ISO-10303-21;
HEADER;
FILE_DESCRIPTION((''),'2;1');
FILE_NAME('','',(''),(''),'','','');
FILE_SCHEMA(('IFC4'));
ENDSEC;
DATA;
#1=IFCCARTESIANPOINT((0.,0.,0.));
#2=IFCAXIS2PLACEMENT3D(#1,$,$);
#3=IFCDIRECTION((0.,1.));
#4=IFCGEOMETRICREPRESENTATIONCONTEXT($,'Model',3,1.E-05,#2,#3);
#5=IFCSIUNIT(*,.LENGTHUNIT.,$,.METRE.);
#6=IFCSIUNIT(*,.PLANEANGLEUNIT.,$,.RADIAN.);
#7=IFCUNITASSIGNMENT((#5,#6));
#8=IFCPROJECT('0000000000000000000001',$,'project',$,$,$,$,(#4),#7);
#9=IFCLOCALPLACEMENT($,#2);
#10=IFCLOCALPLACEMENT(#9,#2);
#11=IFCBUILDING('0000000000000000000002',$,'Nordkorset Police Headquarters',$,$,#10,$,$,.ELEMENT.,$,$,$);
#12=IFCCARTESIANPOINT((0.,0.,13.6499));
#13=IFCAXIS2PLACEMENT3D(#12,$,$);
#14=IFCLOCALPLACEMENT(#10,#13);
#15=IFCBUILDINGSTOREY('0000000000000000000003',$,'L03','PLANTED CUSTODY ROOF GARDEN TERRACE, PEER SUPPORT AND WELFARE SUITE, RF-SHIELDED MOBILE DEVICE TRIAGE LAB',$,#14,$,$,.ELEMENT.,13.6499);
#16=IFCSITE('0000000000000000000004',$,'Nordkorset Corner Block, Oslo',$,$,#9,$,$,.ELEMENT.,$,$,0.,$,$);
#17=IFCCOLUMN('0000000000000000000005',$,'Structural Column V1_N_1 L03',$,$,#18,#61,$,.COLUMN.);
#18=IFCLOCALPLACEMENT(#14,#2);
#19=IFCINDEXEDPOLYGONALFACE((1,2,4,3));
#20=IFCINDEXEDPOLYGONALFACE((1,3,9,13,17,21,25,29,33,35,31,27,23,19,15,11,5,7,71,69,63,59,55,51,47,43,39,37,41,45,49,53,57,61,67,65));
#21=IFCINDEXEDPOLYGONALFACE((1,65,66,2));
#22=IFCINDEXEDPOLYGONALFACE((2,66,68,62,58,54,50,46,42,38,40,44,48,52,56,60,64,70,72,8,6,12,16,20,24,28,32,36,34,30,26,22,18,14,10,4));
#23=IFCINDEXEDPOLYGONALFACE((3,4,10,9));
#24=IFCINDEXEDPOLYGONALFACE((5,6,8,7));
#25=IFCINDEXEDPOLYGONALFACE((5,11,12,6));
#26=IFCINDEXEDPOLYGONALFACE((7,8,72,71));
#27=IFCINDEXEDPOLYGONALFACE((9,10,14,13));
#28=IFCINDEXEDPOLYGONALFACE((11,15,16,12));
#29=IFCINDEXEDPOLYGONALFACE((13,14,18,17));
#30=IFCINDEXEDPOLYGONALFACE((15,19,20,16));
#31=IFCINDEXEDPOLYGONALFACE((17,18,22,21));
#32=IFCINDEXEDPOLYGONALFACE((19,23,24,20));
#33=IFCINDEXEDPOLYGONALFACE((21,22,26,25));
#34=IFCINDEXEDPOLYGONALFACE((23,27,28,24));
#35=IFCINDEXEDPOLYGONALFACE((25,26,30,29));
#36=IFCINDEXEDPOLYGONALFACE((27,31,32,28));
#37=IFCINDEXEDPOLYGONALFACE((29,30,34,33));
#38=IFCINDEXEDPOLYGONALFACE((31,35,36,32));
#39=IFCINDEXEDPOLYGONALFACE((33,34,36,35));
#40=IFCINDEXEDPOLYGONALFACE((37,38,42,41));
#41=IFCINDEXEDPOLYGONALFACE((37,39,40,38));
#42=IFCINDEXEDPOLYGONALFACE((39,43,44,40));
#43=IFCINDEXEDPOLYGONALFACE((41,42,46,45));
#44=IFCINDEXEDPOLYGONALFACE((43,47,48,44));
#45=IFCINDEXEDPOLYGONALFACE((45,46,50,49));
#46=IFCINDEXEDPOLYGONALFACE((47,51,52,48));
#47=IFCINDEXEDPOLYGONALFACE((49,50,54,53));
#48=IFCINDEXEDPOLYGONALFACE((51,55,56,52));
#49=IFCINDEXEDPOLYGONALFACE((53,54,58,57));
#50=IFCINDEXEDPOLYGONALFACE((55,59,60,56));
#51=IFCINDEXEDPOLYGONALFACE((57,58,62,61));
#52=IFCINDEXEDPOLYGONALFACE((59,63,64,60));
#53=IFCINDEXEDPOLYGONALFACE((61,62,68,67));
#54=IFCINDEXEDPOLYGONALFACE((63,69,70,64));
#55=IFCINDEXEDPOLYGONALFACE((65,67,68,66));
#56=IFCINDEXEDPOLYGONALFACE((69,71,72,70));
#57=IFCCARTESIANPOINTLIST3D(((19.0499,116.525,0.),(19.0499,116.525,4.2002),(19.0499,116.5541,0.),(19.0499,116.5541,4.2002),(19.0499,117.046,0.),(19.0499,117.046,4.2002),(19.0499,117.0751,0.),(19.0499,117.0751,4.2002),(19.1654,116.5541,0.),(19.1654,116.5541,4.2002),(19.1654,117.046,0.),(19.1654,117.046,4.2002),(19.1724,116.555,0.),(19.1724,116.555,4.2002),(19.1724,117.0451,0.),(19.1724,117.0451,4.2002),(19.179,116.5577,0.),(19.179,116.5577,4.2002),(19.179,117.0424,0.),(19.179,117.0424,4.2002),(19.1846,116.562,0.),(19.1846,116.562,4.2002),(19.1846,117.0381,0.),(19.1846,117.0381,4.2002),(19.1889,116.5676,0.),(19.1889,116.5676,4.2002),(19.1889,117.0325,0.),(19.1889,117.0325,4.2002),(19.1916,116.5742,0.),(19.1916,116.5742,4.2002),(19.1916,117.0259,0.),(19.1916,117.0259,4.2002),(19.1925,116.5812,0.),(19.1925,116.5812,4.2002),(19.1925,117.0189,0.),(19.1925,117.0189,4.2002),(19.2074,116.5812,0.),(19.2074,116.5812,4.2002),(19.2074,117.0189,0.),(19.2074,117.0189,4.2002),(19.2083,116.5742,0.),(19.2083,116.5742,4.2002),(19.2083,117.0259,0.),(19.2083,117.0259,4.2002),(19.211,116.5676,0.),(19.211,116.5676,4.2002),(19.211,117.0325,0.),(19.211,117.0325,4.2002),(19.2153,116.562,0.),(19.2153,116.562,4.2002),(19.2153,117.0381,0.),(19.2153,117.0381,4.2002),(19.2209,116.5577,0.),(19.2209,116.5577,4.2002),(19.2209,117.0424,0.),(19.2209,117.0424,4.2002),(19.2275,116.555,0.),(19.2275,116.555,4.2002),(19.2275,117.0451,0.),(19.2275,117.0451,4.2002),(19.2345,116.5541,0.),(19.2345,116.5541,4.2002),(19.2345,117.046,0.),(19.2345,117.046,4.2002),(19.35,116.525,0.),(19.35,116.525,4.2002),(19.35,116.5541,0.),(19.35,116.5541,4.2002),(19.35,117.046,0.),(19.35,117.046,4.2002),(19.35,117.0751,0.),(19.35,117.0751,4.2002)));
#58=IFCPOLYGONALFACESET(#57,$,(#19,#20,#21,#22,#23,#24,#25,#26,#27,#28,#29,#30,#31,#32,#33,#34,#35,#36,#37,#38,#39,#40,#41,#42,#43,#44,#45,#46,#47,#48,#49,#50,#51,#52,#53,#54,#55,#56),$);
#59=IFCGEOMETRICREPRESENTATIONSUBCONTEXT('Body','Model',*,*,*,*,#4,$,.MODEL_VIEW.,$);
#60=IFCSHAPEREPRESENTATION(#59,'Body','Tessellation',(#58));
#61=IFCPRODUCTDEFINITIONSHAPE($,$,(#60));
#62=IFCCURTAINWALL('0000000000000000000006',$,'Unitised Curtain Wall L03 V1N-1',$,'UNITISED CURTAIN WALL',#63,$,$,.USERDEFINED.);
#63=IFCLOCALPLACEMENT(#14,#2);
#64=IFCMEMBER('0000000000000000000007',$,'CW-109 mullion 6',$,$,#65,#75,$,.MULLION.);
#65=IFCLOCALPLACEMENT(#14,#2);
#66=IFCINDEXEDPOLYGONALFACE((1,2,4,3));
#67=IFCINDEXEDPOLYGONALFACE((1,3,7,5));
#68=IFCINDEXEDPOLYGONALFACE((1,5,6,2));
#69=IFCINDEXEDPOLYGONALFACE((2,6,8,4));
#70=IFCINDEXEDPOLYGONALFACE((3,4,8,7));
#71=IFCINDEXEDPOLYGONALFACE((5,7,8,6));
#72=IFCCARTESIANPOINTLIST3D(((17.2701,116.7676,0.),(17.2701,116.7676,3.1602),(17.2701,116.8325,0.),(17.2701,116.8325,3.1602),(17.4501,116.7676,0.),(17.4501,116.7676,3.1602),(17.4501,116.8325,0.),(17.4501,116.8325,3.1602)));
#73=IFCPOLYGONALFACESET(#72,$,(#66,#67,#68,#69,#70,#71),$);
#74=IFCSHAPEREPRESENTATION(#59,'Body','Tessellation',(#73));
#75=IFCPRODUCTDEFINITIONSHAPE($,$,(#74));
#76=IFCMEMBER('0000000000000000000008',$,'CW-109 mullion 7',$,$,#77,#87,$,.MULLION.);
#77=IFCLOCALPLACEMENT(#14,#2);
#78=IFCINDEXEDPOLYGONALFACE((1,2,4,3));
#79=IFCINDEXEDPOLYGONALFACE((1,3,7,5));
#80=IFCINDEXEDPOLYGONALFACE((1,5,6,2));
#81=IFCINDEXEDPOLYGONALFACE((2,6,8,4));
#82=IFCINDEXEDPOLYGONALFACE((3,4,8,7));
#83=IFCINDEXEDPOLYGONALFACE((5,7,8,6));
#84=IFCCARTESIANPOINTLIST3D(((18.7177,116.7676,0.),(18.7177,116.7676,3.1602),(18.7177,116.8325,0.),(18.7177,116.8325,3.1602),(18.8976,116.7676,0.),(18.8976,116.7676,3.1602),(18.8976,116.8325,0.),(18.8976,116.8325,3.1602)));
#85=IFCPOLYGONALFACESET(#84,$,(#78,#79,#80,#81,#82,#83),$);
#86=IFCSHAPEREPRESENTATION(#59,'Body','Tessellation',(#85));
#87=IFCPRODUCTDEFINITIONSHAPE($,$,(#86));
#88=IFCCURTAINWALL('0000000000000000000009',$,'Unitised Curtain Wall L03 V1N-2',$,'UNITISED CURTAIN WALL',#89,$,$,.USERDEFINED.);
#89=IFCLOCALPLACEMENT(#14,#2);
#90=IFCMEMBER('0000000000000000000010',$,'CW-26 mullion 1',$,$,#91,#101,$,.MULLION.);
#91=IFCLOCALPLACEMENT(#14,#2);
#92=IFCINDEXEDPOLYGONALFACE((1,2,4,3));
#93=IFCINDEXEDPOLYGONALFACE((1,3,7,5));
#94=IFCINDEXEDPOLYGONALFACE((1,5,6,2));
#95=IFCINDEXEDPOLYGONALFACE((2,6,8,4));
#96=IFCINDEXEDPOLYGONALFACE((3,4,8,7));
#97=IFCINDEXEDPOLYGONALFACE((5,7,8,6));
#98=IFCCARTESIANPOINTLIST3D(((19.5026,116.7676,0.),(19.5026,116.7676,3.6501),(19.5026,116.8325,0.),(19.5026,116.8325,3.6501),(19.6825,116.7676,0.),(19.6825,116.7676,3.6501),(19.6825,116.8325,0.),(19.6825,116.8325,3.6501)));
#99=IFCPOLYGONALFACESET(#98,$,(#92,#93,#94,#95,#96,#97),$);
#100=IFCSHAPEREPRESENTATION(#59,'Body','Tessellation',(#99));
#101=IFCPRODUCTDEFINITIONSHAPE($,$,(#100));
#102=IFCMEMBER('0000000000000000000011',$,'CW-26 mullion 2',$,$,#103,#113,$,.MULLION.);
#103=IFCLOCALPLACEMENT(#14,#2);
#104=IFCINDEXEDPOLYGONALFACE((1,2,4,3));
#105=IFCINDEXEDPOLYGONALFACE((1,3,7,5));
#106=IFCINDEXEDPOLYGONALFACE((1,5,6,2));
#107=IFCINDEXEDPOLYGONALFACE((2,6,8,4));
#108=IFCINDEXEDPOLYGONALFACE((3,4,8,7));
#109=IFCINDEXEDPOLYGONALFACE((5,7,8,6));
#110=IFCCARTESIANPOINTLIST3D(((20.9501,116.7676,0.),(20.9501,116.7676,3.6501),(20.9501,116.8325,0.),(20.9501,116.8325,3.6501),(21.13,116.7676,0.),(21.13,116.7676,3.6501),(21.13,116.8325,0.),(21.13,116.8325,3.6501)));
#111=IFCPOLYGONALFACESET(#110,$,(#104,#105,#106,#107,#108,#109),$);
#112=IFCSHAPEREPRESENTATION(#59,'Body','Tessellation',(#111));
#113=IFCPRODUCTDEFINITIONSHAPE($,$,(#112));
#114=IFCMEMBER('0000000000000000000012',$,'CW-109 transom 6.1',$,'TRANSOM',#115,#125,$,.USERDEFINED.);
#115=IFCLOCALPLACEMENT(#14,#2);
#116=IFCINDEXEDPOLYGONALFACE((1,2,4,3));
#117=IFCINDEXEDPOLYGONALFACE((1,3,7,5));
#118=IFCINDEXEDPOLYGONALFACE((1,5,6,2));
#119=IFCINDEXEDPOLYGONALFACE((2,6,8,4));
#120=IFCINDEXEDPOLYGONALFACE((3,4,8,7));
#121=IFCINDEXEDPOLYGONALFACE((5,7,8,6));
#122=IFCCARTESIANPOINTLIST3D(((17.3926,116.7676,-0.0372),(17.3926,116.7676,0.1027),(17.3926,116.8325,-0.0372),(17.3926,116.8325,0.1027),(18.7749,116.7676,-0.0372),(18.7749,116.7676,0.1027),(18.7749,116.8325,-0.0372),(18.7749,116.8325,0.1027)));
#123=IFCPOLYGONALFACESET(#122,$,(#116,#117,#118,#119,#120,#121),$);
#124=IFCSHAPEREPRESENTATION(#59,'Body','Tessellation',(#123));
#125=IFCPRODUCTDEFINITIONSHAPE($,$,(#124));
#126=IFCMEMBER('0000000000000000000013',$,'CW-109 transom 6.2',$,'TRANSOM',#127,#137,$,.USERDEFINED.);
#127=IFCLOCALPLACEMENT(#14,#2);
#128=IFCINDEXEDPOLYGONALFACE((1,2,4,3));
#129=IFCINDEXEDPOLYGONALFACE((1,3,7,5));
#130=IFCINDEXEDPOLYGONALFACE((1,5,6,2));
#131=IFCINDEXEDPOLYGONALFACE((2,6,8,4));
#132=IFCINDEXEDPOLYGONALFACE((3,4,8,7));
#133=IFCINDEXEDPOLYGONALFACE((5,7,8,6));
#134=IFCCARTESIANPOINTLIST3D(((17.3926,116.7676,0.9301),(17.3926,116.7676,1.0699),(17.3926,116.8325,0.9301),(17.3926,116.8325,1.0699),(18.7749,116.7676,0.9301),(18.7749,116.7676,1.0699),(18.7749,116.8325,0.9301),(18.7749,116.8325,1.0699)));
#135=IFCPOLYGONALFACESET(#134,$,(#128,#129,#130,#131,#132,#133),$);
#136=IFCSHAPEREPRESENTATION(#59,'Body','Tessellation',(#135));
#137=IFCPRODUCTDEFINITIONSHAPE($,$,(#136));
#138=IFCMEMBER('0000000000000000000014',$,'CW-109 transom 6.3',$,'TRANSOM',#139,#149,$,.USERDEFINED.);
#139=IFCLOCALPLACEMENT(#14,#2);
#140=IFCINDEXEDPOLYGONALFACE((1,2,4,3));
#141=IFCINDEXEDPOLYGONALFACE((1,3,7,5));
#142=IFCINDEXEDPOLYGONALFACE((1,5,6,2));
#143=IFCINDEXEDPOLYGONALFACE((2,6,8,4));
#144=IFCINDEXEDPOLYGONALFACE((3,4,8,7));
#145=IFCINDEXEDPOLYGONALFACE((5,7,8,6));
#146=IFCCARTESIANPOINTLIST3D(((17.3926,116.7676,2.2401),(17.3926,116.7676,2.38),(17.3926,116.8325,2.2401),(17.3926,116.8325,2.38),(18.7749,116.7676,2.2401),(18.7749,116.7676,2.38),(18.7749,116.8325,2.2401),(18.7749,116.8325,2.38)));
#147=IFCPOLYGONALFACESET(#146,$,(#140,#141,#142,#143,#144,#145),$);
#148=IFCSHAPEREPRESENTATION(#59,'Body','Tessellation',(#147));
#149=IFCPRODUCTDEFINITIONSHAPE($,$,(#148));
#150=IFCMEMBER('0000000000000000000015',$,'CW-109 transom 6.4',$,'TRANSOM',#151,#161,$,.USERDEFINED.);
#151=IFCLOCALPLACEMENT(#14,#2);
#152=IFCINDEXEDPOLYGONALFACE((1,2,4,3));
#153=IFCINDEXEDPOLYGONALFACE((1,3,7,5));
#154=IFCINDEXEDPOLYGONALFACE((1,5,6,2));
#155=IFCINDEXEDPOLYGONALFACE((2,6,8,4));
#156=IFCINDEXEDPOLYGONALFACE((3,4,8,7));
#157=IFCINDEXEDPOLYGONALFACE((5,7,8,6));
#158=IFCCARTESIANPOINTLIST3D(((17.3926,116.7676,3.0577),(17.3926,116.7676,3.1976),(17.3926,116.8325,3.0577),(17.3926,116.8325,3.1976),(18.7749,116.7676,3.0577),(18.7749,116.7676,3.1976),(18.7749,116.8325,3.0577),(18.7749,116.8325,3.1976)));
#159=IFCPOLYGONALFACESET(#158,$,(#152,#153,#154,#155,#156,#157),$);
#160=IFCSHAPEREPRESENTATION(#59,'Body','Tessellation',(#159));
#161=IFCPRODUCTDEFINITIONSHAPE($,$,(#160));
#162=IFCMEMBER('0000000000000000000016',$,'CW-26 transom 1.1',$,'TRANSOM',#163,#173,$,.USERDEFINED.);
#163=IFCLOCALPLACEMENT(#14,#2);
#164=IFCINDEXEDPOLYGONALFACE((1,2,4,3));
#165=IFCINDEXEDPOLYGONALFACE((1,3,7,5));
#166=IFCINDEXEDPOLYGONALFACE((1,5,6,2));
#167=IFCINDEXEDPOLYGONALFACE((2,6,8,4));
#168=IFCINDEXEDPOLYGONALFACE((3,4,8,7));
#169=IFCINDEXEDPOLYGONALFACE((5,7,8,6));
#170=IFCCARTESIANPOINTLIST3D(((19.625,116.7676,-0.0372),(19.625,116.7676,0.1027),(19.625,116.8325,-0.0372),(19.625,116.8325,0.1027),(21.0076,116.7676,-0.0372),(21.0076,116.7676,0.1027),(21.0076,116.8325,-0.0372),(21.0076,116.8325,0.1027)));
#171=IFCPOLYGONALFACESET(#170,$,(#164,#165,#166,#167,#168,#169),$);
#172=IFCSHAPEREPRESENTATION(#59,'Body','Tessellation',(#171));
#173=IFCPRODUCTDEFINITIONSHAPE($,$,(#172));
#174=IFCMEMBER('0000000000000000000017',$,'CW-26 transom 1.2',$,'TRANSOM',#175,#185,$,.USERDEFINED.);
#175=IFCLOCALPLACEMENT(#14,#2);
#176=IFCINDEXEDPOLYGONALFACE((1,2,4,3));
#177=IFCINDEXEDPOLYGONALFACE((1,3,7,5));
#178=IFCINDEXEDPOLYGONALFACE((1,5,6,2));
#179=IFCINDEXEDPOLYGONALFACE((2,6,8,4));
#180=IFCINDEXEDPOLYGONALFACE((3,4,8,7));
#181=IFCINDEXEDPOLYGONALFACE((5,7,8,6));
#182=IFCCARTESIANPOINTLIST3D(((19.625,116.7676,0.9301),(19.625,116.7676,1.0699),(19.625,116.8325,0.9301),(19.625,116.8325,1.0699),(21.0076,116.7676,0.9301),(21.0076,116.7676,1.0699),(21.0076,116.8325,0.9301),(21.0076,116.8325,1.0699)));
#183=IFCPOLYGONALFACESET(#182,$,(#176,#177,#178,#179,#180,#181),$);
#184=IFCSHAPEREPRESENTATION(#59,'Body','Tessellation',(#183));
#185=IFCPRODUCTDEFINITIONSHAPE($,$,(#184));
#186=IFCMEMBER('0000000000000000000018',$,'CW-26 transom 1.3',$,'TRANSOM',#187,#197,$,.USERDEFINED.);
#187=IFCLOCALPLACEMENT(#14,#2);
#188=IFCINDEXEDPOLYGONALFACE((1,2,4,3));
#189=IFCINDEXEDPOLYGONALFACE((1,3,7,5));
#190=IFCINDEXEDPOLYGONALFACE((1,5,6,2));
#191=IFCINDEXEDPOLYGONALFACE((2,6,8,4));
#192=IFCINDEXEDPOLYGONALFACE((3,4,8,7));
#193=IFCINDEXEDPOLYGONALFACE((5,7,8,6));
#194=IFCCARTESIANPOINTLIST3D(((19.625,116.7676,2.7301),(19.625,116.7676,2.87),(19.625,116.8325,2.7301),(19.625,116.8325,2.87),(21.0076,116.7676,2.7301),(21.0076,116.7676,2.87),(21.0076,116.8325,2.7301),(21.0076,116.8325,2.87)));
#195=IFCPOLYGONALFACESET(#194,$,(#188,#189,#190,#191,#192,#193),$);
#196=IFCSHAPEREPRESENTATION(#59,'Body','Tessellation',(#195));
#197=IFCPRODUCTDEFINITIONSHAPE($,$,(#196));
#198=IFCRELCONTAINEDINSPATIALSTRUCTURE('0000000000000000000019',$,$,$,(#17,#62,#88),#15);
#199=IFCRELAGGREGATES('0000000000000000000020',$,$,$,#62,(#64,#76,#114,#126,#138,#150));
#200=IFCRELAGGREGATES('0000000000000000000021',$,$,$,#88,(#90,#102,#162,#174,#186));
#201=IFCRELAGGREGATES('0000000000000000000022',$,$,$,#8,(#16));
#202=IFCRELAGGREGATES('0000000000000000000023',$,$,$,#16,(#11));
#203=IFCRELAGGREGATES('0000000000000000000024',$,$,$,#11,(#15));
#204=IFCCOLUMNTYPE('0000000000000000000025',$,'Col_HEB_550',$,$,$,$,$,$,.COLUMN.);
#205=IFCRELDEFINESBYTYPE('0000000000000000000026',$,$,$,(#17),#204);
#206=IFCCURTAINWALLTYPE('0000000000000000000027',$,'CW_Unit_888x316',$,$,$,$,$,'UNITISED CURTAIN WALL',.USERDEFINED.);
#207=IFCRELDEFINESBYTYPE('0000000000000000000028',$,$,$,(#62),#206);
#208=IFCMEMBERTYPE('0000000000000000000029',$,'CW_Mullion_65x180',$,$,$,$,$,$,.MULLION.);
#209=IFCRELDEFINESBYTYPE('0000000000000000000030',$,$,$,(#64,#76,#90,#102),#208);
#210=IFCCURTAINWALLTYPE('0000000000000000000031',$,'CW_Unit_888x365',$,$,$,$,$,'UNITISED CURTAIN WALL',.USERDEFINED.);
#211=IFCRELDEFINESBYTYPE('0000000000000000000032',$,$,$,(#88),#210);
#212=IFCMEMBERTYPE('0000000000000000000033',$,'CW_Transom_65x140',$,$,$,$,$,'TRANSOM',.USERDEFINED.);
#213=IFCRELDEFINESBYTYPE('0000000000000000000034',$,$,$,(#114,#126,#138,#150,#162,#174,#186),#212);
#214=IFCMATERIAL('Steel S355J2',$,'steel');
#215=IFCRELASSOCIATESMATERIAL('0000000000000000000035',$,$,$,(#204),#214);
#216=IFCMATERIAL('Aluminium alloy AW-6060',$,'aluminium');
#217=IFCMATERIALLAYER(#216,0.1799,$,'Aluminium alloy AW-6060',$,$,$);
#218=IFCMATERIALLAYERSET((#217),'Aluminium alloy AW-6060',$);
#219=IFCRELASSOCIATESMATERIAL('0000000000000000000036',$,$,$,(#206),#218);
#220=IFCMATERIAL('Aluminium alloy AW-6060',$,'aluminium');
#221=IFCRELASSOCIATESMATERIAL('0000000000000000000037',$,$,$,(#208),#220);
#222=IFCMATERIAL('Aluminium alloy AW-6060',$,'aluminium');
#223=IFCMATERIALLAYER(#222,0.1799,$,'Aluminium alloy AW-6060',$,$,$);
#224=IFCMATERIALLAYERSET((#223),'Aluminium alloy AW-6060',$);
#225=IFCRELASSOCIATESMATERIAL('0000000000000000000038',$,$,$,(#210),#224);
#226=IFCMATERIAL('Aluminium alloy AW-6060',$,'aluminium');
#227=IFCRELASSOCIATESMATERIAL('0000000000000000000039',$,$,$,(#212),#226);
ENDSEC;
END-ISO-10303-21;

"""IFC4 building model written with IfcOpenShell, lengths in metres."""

from ifc_helpers import new_model, si_unit, direction, frame, origin, origin_2d, place, context, subcontext, project, spatial, rectangle, i_section, extrude, material, layer, layer_set, material_profile, profile_set, type_object, element, aggregate, save


model = new_model("IFC4")

# Units and contexts
model_context = context("Model", 3, precision=1e-05, world=origin(), true_north=direction((0.0, 1.0)))
body_context = subcontext(model_context, "Body", "Model", "MODEL_VIEW")
ifc_project = project(units=[si_unit("LENGTHUNIT", "METRE"), si_unit("PLANEANGLEUNIT", "RADIAN")], contexts=[model_context])

# Site, building, storey
site_placement = place(None, origin())
site = spatial("IfcSite", under=ifc_project, at=site_placement, Name="Nordkorset Corner Block, Oslo", CompositionType="ELEMENT", RefElevation=0.0)
building_placement = place(site_placement, origin())
building = spatial("IfcBuilding", under=site, at=building_placement, Name="Nordkorset Police Headquarters", CompositionType="ELEMENT")
storey_placement = place(building_placement, frame((0.0, 0.0, 13.6499)))
storey = spatial("IfcBuildingStorey", under=building, at=storey_placement, Name="L03", Description="PLANTED CUSTODY ROOF GARDEN TERRACE, PEER SUPPORT AND WELFARE SUITE, RF-SHIELDED MOBILE DEVICE TRIAGE LAB", CompositionType="ELEMENT", Elevation=13.6499)

# Column
ifc_material_1 = material(Name="Steel S355J2", Category="steel")
ifc_material_profile_1 = material_profile(ifc_material_1, i_section(OverallWidth=0.3, OverallDepth=0.55, WebThickness=0.0149, FlangeThickness=0.0291, FilletRadius=0.0271, at=origin_2d()), Name="HEB 550")
ifc_profile_set_1 = profile_set([ifc_material_profile_1], Name="Steel S355J2")
column_type = type_object("IfcColumnType", Name="Col_HEB_550", PredefinedType="COLUMN", material=ifc_profile_set_1)
column_placement = place(storey_placement, frame((19.2, 116.8, 0.0), z_axis=(0.0, 0.0, 1.0), x_axis=(1.0, 0.0, 0.0)))
element("IfcColumn", 1, at=column_placement, inside=storey, type_object=column_type, Name="Structural Column V1_N_1 L03", PredefinedType="COLUMN", context=body_context, shape_type="SweptSolid", body=[
    extrude(i_section(OverallWidth=0.3, OverallDepth=0.55, WebThickness=0.0149, FlangeThickness=0.0291, FilletRadius=0.0271, at=origin_2d()), origin(), (0.0, 0.0, 1.0), 4.2002),
])

# Curtain walls, members
ifc_material_2 = material(Name="Aluminium alloy AW-6060", Category="aluminium")
ifc_layer_1 = layer(ifc_material_2, 0.1799, Name="Aluminium alloy AW-6060")
ifc_layer_set_1 = layer_set([ifc_layer_1], Name="Aluminium alloy AW-6060")
curtain_wall_type_1 = type_object("IfcCurtainWallType", Name="CW_Unit_888x316", ElementType="UNITISED CURTAIN WALL", PredefinedType="USERDEFINED", material=ifc_layer_set_1)
curtain_wall_1_placement = place(storey_placement, origin())
curtain_wall_1 = element("IfcCurtainWall", 2, at=curtain_wall_1_placement, inside=storey, type_object=curtain_wall_type_1, Name="Unitised Curtain Wall L03 V1N-1", ObjectType="UNITISED CURTAIN WALL", PredefinedType="USERDEFINED")
ifc_material_3 = material(Name="Aluminium alloy AW-6060", Category="aluminium")
ifc_material_profile_2 = material_profile(ifc_material_3, rectangle(XDim=0.0649, YDim=0.1799, at=origin_2d()), Name="ALU MULL 65x180")
ifc_profile_set_2 = profile_set([ifc_material_profile_2], Name="Aluminium alloy AW-6060")
member_type_1 = type_object("IfcMemberType", Name="CW_Mullion_65x180", PredefinedType="MULLION", material=ifc_profile_set_2)
member_1_placement = place(storey_placement, frame((17.3601, 116.8, 0.0), z_axis=(0.0, 0.0, 1.0), x_axis=(0.0, 1.0, 0.0)))
member_1 = element("IfcMember", 3, at=member_1_placement, type_object=member_type_1, Name="CW-109 mullion 6", PredefinedType="MULLION", context=body_context, shape_type="SweptSolid", body=[
    extrude(rectangle(XDim=0.0649, YDim=0.1799, at=origin_2d()), origin(), (0.0, 0.0, 1.0), 3.1602),
])
member_2_placement = place(storey_placement, frame((18.8076, 116.8, 0.0), z_axis=(0.0, 0.0, 1.0), x_axis=(0.0, 1.0, 0.0)))
member_2 = element("IfcMember", 4, at=member_2_placement, type_object=member_type_1, Name="CW-109 mullion 7", PredefinedType="MULLION", context=body_context, shape_type="SweptSolid", body=[
    extrude(rectangle(XDim=0.0649, YDim=0.1799, at=origin_2d()), origin(), (0.0, 0.0, 1.0), 3.1602),
])
ifc_material_4 = material(Name="Aluminium alloy AW-6060", Category="aluminium")
ifc_layer_2 = layer(ifc_material_4, 0.1799, Name="Aluminium alloy AW-6060")
ifc_layer_set_2 = layer_set([ifc_layer_2], Name="Aluminium alloy AW-6060")
curtain_wall_type_2 = type_object("IfcCurtainWallType", Name="CW_Unit_888x365", ElementType="UNITISED CURTAIN WALL", PredefinedType="USERDEFINED", material=ifc_layer_set_2)
curtain_wall_2_placement = place(storey_placement, origin())
curtain_wall_2 = element("IfcCurtainWall", 5, at=curtain_wall_2_placement, inside=storey, type_object=curtain_wall_type_2, Name="Unitised Curtain Wall L03 V1N-2", ObjectType="UNITISED CURTAIN WALL", PredefinedType="USERDEFINED")
member_3_placement = place(storey_placement, frame((19.5925, 116.8, 0.0), z_axis=(0.0, 0.0, 1.0), x_axis=(0.0, 1.0, 0.0)))
member_3 = element("IfcMember", 6, at=member_3_placement, type_object=member_type_1, Name="CW-26 mullion 1", PredefinedType="MULLION", context=body_context, shape_type="SweptSolid", body=[
    extrude(rectangle(XDim=0.0649, YDim=0.1799, at=origin_2d()), origin(), (0.0, 0.0, 1.0), 3.6501),
])
member_4_placement = place(storey_placement, frame((21.04, 116.8, 0.0), z_axis=(0.0, 0.0, 1.0), x_axis=(0.0, 1.0, 0.0)))
member_4 = element("IfcMember", 7, at=member_4_placement, type_object=member_type_1, Name="CW-26 mullion 2", PredefinedType="MULLION", context=body_context, shape_type="SweptSolid", body=[
    extrude(rectangle(XDim=0.0649, YDim=0.1799, at=origin_2d()), origin(), (0.0, 0.0, 1.0), 3.6501),
])

# Members
ifc_material_5 = material(Name="Aluminium alloy AW-6060", Category="aluminium")
ifc_material_profile_3 = material_profile(ifc_material_5, rectangle(XDim=0.0649, YDim=0.1399, at=origin_2d()), Name="ALU TRAN 65x140")
ifc_profile_set_3 = profile_set([ifc_material_profile_3], Name="Aluminium alloy AW-6060")
member_type_2 = type_object("IfcMemberType", Name="CW_Transom_65x140", ElementType="TRANSOM", PredefinedType="USERDEFINED", material=ifc_profile_set_3)
member_5_placement = place(storey_placement, frame((17.3926, 116.8, 0.0327), z_axis=(1.0, 0.0, 0.0), x_axis=(0.0, 1.0, 0.0)))
member_5 = element("IfcMember", 8, at=member_5_placement, type_object=member_type_2, Name="CW-109 transom 6.1", ObjectType="TRANSOM", PredefinedType="USERDEFINED", context=body_context, shape_type="SweptSolid", body=[
    extrude(rectangle(XDim=0.0649, YDim=0.1399, at=origin_2d()), origin(), (0.0, 0.0, 1.0), 1.3823),
])
member_6_placement = place(storey_placement, frame((17.3926, 116.8, 1.0), z_axis=(1.0, 0.0, 0.0), x_axis=(0.0, 1.0, 0.0)))
member_6 = element("IfcMember", 9, at=member_6_placement, type_object=member_type_2, Name="CW-109 transom 6.2", ObjectType="TRANSOM", PredefinedType="USERDEFINED", context=body_context, shape_type="SweptSolid", body=[
    extrude(rectangle(XDim=0.0649, YDim=0.1399, at=origin_2d()), origin(), (0.0, 0.0, 1.0), 1.3823),
])
member_7_placement = place(storey_placement, frame((17.3926, 116.8, 2.3101), z_axis=(1.0, 0.0, 0.0), x_axis=(0.0, 1.0, 0.0)))
member_7 = element("IfcMember", 10, at=member_7_placement, type_object=member_type_2, Name="CW-109 transom 6.3", ObjectType="TRANSOM", PredefinedType="USERDEFINED", context=body_context, shape_type="SweptSolid", body=[
    extrude(rectangle(XDim=0.0649, YDim=0.1399, at=origin_2d()), origin(), (0.0, 0.0, 1.0), 1.3823),
])
member_8_placement = place(storey_placement, frame((17.3926, 116.8, 3.1277), z_axis=(1.0, 0.0, 0.0), x_axis=(0.0, 1.0, 0.0)))
member_8 = element("IfcMember", 11, at=member_8_placement, type_object=member_type_2, Name="CW-109 transom 6.4", ObjectType="TRANSOM", PredefinedType="USERDEFINED", context=body_context, shape_type="SweptSolid", body=[
    extrude(rectangle(XDim=0.0649, YDim=0.1399, at=origin_2d()), origin(), (0.0, 0.0, 1.0), 1.3823),
])
member_9_placement = place(storey_placement, frame((19.625, 116.8, 0.0327), z_axis=(1.0, 0.0, 0.0), x_axis=(0.0, 1.0, 0.0)))
member_9 = element("IfcMember", 12, at=member_9_placement, type_object=member_type_2, Name="CW-26 transom 1.1", ObjectType="TRANSOM", PredefinedType="USERDEFINED", context=body_context, shape_type="SweptSolid", body=[
    extrude(rectangle(XDim=0.0649, YDim=0.1399, at=origin_2d()), origin(), (0.0, 0.0, 1.0), 1.3826),
])
member_10_placement = place(storey_placement, frame((19.625, 116.8, 1.0), z_axis=(1.0, 0.0, 0.0), x_axis=(0.0, 1.0, 0.0)))
member_10 = element("IfcMember", 13, at=member_10_placement, type_object=member_type_2, Name="CW-26 transom 1.2", ObjectType="TRANSOM", PredefinedType="USERDEFINED", context=body_context, shape_type="SweptSolid", body=[
    extrude(rectangle(XDim=0.0649, YDim=0.1399, at=origin_2d()), origin(), (0.0, 0.0, 1.0), 1.3826),
])
member_11_placement = place(storey_placement, frame((19.625, 116.8, 2.8), z_axis=(1.0, 0.0, 0.0), x_axis=(0.0, 1.0, 0.0)))
member_11 = element("IfcMember", 14, at=member_11_placement, type_object=member_type_2, Name="CW-26 transom 1.3", ObjectType="TRANSOM", PredefinedType="USERDEFINED", context=body_context, shape_type="SweptSolid", body=[
    extrude(rectangle(XDim=0.0649, YDim=0.1399, at=origin_2d()), origin(), (0.0, 0.0, 1.0), 1.3826),
])

aggregate(curtain_wall_1, [member_1, member_2, member_5, member_6, member_7, member_8])
aggregate(curtain_wall_2, [member_3, member_4, member_9, member_10, member_11])

save(model, "model.ifc")
